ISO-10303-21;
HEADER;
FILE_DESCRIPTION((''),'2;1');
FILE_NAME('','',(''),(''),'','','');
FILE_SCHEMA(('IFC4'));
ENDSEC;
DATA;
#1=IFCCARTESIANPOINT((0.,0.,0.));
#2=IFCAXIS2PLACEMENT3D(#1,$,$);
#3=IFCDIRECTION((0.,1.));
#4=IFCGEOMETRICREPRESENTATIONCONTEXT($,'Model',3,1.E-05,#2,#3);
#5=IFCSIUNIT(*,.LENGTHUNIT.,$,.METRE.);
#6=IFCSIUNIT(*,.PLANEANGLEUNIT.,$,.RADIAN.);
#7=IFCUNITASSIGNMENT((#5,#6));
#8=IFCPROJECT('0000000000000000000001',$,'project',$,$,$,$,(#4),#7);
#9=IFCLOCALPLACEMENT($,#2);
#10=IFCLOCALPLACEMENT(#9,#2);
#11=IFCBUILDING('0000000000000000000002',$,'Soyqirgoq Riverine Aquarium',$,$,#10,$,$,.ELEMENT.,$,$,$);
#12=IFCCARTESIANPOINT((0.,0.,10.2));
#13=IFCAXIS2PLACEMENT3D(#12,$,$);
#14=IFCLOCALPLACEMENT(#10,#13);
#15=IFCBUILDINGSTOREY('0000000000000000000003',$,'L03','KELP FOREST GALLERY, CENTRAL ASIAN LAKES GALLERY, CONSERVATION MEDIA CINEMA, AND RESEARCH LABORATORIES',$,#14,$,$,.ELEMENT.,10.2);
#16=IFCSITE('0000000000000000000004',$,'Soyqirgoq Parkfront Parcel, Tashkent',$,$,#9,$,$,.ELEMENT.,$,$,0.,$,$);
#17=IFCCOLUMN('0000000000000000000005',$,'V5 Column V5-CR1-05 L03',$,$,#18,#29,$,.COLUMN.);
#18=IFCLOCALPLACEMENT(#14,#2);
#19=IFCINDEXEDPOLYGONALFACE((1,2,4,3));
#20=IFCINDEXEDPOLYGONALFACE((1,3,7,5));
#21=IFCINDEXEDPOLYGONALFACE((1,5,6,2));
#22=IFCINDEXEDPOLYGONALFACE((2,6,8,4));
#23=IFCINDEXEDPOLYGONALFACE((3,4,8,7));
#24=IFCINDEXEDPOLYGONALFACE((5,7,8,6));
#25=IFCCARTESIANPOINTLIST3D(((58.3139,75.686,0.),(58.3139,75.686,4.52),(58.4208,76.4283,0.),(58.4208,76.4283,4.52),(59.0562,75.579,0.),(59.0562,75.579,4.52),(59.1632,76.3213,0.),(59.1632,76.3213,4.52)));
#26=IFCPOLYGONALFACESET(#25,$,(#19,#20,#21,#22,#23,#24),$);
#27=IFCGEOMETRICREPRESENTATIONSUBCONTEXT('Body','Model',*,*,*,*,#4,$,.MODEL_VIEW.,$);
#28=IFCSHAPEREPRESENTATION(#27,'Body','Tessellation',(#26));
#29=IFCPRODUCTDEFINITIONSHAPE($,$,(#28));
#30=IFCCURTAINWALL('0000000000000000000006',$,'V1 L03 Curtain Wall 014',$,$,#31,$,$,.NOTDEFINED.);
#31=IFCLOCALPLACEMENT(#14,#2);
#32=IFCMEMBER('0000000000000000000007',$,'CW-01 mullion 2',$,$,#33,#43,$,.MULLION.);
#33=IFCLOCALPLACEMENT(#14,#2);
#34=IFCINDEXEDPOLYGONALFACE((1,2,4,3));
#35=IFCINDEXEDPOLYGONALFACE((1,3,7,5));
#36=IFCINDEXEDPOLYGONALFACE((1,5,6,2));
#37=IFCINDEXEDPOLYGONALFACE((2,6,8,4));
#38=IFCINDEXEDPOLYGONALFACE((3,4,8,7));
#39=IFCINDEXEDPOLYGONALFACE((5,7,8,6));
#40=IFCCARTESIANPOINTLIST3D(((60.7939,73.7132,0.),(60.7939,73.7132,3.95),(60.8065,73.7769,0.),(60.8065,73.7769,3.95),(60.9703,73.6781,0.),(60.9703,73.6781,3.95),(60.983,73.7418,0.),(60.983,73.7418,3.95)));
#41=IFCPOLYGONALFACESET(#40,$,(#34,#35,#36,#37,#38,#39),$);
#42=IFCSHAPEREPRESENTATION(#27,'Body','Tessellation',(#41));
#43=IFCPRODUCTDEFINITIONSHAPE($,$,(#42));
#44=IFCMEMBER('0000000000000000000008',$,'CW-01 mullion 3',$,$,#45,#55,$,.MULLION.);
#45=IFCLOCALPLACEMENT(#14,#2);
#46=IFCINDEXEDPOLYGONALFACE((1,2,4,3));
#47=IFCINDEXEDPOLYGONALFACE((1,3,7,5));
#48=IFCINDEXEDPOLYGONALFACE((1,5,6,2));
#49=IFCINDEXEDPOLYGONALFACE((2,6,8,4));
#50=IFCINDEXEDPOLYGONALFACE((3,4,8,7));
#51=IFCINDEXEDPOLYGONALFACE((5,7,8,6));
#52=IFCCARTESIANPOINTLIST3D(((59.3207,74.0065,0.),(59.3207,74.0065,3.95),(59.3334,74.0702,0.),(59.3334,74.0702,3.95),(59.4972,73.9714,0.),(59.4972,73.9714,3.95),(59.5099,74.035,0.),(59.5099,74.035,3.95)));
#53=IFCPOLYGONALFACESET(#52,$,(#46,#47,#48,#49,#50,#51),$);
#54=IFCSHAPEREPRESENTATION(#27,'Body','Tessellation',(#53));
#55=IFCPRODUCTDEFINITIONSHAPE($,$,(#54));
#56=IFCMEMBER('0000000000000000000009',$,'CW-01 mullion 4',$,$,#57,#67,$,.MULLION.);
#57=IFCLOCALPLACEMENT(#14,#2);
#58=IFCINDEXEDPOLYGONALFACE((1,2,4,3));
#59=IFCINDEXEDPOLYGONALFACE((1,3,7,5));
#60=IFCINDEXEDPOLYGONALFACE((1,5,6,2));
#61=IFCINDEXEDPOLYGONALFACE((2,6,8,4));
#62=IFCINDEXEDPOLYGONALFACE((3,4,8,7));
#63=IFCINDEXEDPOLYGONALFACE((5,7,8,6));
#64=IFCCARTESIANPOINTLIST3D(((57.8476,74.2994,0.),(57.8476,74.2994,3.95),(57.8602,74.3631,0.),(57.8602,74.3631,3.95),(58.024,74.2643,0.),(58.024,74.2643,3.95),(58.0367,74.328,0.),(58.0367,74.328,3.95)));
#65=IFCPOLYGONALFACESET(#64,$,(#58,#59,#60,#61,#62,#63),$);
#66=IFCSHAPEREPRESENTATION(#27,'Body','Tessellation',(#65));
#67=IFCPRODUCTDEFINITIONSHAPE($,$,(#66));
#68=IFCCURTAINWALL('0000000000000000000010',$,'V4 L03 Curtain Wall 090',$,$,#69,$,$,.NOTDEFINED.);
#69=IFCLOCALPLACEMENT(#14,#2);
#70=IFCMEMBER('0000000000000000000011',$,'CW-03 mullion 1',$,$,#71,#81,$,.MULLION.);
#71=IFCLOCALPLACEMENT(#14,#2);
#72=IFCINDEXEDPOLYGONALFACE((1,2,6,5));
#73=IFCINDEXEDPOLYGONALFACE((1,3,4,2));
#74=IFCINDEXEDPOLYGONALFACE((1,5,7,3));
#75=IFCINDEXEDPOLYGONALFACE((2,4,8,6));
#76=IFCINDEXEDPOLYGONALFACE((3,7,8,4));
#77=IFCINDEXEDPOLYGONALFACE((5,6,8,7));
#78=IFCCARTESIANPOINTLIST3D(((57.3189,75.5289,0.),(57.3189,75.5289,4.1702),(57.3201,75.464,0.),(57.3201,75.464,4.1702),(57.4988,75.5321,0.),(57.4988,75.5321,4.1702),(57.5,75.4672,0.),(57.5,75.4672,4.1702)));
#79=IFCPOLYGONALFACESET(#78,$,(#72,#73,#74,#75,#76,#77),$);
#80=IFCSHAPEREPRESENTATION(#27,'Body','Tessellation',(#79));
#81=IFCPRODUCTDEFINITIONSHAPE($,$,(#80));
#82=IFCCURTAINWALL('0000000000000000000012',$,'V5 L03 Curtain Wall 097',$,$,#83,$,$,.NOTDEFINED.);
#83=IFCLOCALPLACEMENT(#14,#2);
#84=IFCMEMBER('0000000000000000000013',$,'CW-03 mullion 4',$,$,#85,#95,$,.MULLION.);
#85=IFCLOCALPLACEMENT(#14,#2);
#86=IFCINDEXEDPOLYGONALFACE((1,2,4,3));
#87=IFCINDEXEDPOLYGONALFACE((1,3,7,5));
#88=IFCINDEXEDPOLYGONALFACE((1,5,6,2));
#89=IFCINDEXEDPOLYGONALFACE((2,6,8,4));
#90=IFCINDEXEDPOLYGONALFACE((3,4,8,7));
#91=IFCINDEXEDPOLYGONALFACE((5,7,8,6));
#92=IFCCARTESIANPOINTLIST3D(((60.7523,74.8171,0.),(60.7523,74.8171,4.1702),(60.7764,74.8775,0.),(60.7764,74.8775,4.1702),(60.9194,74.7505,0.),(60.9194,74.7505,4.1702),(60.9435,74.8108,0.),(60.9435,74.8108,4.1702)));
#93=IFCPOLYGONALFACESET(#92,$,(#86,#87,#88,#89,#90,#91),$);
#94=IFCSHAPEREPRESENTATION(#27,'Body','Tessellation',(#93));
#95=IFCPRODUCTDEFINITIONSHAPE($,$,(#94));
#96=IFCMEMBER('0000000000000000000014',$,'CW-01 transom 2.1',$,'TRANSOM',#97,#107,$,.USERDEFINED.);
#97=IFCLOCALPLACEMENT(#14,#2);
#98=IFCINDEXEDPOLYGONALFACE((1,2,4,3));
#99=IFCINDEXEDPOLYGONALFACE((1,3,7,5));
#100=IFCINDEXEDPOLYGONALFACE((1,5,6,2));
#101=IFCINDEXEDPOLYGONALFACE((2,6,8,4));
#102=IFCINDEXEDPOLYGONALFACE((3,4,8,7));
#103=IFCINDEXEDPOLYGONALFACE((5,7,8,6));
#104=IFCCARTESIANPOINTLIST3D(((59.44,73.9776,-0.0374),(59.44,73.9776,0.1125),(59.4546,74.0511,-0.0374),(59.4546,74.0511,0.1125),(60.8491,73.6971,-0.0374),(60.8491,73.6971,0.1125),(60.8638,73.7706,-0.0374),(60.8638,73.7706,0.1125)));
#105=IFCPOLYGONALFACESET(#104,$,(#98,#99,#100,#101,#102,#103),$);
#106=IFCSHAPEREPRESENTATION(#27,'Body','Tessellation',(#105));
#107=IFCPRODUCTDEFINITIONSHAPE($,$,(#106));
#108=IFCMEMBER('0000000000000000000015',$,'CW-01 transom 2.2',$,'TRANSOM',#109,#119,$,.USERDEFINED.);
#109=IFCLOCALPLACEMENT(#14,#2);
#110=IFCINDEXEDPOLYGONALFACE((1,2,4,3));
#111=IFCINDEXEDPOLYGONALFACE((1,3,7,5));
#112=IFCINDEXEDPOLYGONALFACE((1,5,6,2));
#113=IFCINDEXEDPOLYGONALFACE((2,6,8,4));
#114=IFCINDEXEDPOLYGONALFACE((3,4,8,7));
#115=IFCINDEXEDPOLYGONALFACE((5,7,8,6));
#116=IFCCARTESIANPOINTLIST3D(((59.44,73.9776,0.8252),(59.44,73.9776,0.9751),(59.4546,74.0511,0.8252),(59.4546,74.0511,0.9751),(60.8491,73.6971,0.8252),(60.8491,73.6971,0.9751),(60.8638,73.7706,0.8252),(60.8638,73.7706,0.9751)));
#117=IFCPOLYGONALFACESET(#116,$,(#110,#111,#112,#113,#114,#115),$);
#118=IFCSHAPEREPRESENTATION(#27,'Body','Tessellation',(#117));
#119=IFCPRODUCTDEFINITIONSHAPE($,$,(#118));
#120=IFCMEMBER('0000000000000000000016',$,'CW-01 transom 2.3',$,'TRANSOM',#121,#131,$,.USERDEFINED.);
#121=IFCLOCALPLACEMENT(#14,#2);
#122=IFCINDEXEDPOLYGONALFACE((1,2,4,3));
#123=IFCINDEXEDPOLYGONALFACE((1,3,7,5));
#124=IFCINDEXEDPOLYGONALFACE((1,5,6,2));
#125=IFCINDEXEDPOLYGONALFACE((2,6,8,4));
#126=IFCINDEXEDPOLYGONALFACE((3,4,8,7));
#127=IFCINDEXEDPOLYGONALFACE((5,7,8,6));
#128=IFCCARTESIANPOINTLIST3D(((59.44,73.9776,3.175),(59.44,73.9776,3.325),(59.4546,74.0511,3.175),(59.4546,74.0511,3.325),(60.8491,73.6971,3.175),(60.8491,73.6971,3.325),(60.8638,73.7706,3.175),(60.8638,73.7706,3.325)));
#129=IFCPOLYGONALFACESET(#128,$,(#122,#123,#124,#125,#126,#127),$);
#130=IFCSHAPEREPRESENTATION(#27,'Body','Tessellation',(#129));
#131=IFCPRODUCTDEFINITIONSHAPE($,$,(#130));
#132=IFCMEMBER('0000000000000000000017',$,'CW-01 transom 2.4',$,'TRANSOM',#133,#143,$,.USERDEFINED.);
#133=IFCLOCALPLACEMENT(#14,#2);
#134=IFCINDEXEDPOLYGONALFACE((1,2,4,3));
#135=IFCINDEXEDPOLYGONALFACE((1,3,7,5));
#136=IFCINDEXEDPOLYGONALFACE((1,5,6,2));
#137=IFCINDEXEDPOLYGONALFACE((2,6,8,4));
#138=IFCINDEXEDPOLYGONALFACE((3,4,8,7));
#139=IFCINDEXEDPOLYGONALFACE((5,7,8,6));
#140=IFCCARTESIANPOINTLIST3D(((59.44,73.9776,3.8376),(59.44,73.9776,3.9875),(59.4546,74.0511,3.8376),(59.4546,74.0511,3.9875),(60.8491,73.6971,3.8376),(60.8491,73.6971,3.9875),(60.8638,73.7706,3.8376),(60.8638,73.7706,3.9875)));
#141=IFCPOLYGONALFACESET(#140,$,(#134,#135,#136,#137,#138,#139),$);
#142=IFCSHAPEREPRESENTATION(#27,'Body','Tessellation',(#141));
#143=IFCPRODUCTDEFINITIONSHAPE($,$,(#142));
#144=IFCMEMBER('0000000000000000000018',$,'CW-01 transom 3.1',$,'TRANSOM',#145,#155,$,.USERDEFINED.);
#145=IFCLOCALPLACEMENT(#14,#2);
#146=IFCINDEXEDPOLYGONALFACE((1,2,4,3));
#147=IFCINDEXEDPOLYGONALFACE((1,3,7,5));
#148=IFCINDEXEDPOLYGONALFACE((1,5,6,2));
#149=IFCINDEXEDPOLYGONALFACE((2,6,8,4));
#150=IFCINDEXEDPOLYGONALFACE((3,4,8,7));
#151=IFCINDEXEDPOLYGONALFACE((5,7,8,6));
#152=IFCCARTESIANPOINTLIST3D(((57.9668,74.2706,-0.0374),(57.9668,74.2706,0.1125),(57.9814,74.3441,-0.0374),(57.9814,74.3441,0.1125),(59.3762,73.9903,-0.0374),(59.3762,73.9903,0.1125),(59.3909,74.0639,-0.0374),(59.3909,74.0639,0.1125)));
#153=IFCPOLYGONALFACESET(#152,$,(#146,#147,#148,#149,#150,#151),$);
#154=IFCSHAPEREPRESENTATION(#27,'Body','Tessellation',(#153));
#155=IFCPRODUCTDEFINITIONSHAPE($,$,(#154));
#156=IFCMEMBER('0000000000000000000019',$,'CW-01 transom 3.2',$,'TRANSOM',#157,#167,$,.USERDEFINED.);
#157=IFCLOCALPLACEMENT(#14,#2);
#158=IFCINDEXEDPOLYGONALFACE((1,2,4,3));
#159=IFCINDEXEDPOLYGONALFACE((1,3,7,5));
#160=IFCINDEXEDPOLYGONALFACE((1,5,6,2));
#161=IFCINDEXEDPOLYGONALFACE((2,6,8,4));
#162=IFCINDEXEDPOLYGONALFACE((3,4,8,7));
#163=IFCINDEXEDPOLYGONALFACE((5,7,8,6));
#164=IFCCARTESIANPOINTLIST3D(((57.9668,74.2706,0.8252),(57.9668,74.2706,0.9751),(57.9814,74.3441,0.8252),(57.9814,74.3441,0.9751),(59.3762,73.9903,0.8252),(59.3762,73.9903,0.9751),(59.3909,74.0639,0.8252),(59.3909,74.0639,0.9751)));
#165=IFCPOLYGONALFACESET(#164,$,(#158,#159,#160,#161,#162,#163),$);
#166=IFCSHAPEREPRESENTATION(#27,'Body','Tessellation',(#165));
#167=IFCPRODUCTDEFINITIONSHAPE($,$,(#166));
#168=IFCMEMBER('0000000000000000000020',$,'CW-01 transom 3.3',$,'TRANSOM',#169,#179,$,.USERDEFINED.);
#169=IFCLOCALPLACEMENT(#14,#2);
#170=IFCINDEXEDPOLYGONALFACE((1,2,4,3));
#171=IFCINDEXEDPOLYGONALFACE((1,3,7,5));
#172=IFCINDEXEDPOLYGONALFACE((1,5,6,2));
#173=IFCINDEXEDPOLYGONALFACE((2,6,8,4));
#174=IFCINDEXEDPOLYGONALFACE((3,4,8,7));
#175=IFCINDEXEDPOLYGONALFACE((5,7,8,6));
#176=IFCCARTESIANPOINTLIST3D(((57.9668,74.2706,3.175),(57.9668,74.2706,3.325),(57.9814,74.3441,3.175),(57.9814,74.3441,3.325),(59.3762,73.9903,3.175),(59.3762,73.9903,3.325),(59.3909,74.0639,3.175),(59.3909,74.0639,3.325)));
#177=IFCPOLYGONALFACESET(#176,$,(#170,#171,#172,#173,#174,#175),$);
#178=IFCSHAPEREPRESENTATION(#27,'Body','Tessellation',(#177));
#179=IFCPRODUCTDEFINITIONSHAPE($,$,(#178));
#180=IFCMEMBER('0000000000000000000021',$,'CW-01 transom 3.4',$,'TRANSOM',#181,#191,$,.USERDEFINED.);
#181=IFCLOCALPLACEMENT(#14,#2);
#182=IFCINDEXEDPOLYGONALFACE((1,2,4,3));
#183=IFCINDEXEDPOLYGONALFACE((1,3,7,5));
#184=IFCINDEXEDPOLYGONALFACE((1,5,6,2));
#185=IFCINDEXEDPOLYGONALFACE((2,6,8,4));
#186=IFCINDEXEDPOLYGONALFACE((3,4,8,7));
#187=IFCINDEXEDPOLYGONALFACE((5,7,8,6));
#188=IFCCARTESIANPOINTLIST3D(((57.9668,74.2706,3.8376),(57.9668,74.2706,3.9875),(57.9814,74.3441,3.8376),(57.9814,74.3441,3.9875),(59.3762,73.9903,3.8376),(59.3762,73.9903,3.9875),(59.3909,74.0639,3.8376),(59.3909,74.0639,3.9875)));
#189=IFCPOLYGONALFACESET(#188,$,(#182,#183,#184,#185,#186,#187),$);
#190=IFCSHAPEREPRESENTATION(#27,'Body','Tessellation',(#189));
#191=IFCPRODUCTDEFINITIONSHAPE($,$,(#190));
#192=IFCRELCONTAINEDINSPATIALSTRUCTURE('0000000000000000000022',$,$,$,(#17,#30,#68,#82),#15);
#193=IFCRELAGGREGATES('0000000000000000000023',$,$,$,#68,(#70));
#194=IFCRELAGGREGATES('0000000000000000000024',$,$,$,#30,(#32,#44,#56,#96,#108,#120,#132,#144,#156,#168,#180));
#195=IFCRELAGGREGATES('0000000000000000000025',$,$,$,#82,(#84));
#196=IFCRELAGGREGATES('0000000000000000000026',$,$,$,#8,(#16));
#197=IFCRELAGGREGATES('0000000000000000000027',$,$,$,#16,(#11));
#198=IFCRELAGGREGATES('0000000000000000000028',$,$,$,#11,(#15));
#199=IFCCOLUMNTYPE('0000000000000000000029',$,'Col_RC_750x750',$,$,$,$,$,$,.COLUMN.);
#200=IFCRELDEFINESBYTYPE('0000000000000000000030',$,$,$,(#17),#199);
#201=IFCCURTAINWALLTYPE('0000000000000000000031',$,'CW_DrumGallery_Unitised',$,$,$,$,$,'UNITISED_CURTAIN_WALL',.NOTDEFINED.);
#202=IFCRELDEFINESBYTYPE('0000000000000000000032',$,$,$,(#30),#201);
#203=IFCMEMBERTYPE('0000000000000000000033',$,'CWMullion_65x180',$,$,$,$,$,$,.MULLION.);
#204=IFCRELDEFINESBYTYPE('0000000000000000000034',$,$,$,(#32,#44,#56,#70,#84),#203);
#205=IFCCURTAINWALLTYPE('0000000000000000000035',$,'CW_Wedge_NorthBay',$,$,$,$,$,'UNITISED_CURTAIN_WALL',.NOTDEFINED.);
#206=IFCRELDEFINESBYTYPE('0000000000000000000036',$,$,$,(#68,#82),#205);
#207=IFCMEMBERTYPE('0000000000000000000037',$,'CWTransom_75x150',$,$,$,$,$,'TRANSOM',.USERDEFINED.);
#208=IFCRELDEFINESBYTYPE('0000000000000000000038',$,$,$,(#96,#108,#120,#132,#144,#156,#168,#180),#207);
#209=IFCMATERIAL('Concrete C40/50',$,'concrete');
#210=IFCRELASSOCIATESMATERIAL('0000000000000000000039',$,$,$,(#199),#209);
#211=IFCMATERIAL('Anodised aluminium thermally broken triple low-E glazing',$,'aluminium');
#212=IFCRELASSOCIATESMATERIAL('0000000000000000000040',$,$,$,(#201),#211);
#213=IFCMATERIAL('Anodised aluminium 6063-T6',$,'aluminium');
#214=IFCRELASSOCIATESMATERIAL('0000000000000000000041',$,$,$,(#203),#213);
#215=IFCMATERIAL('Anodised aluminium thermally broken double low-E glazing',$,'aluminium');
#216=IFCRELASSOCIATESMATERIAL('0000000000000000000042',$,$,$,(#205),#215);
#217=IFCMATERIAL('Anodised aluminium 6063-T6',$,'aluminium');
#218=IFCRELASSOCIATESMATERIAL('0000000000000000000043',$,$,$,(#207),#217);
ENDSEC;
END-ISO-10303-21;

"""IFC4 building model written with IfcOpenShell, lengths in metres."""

from ifc_helpers import new_model, si_unit, direction, frame, origin, origin_2d, place, context, subcontext, project, spatial, rectangle, extrude, material, material_profile, profile_set, type_object, element, aggregate, save


model = new_model("IFC4")

# Units and contexts
model_context = context("Model", 3, precision=1e-05, world=origin(), true_north=direction((0.0, 1.0)))
body_context = subcontext(model_context, "Body", "Model", "MODEL_VIEW")
ifc_project = project(units=[si_unit("LENGTHUNIT", "METRE"), si_unit("PLANEANGLEUNIT", "RADIAN")], contexts=[model_context])

# Site, building, storey
site_placement = place(None, origin())
site = spatial("IfcSite", under=ifc_project, at=site_placement, Name="Soyqirgoq Parkfront Parcel, Tashkent", CompositionType="ELEMENT", RefElevation=0.0)
building_placement = place(site_placement, origin())
building = spatial("IfcBuilding", under=site, at=building_placement, Name="Soyqirgoq Riverine Aquarium", CompositionType="ELEMENT")
storey_placement = place(building_placement, frame((0.0, 0.0, 10.2)))
storey = spatial("IfcBuildingStorey", under=building, at=storey_placement, Name="L03", Description="KELP FOREST GALLERY, CENTRAL ASIAN LAKES GALLERY, CONSERVATION MEDIA CINEMA, AND RESEARCH LABORATORIES", CompositionType="ELEMENT", Elevation=10.2)

# Column
ifc_material_1 = material(Name="Concrete C40/50", Category="concrete")
ifc_material_profile_1 = material_profile(ifc_material_1, rectangle(XDim=0.75, YDim=0.75, at=origin_2d()), Name="RC 750x750")
ifc_profile_set_1 = profile_set([ifc_material_profile_1], Name="Concrete C40/50")
column_type = type_object("IfcColumnType", Name="Col_RC_750x750", PredefinedType="COLUMN", material=ifc_profile_set_1)
column_placement = place(storey_placement, frame((58.7385, 76.0037, 0.0), z_axis=(0.0, 0.0, 1.0), x_axis=(0.142629, 0.989776, 0.0)))
element("IfcColumn", 1, at=column_placement, inside=storey, type_object=column_type, Name="V5 Column V5-CR1-05 L03", PredefinedType="COLUMN", context=body_context, shape_type="SweptSolid", body=[
    extrude(rectangle(XDim=0.75, YDim=0.75, at=origin_2d()), origin(), (0.0, 0.0, 1.0), 4.52),
])

# Curtain wall, members
ifc_material_2 = material(Name="Anodised aluminium thermally broken triple low-E glazing", Category="aluminium")
curtain_wall_type_1 = type_object("IfcCurtainWallType", Name="CW_DrumGallery_Unitised", ElementType="UNITISED_CURTAIN_WALL", PredefinedType="NOTDEFINED", material=ifc_material_2)
curtain_wall_1_placement = place(storey_placement, origin())
curtain_wall_1 = element("IfcCurtainWall", 2, at=curtain_wall_1_placement, inside=storey, type_object=curtain_wall_type_1, Name="V1 L03 Curtain Wall 014", PredefinedType="NOTDEFINED")
ifc_material_3 = material(Name="Anodised aluminium 6063-T6", Category="aluminium")
ifc_material_profile_2 = material_profile(ifc_material_3, rectangle(XDim=0.0649, YDim=0.1799, at=origin_2d()), Name="ALU-M 65x180")
ifc_profile_set_2 = profile_set([ifc_material_profile_2], Name="Anodised aluminium 6063-T6")
member_type_1 = type_object("IfcMemberType", Name="CWMullion_65x180", PredefinedType="MULLION", material=ifc_profile_set_2)
member_1_placement = place(storey_placement, frame((60.8884, 73.7275, 0.0), z_axis=(0.0, 0.0, 1.0), x_axis=(-0.195095, -0.980784, 0.0)))
member_1 = element("IfcMember", 3, at=member_1_placement, type_object=member_type_1, Name="CW-01 mullion 2", PredefinedType="MULLION", context=body_context, shape_type="SweptSolid", body=[
    extrude(rectangle(XDim=0.0649, YDim=0.1799, at=origin_2d()), origin(), (0.0, 0.0, 1.0), 3.95),
])
member_2_placement = place(storey_placement, frame((59.4153, 74.0208, 0.0), z_axis=(0.0, 0.0, 1.0), x_axis=(-0.195095, -0.980784, 0.0)))
member_2 = element("IfcMember", 4, at=member_2_placement, type_object=member_type_1, Name="CW-01 mullion 3", PredefinedType="MULLION", context=body_context, shape_type="SweptSolid", body=[
    extrude(rectangle(XDim=0.0649, YDim=0.1799, at=origin_2d()), origin(), (0.0, 0.0, 1.0), 3.95),
])
member_3_placement = place(storey_placement, frame((57.9421, 74.3137, 0.0), z_axis=(0.0, 0.0, 1.0), x_axis=(-0.195095, -0.980784, 0.0)))
member_3 = element("IfcMember", 5, at=member_3_placement, type_object=member_type_1, Name="CW-01 mullion 4", PredefinedType="MULLION", context=body_context, shape_type="SweptSolid", body=[
    extrude(rectangle(XDim=0.0649, YDim=0.1799, at=origin_2d()), origin(), (0.0, 0.0, 1.0), 3.95),
])

# Curtain walls, members
ifc_material_4 = material(Name="Anodised aluminium thermally broken double low-E glazing", Category="aluminium")
curtain_wall_type_2 = type_object("IfcCurtainWallType", Name="CW_Wedge_NorthBay", ElementType="UNITISED_CURTAIN_WALL", PredefinedType="NOTDEFINED", material=ifc_material_4)
curtain_wall_2_placement = place(storey_placement, origin())
curtain_wall_2 = element("IfcCurtainWall", 6, at=curtain_wall_2_placement, inside=storey, type_object=curtain_wall_type_2, Name="V4 L03 Curtain Wall 090", PredefinedType="NOTDEFINED")
member_4_placement = place(storey_placement, frame((57.4094, 75.498, 0.0), z_axis=(0.0, 0.0, 1.0), x_axis=(0.018005, -0.999838, 0.0)))
member_4 = element("IfcMember", 7, at=member_4_placement, type_object=member_type_1, Name="CW-03 mullion 1", PredefinedType="MULLION", context=body_context, shape_type="SweptSolid", body=[
    extrude(rectangle(XDim=0.0649, YDim=0.1799, at=origin_2d()), origin(), (0.0, 0.0, 1.0), 4.1702),
])
curtain_wall_3_placement = place(storey_placement, origin())
curtain_wall_3 = element("IfcCurtainWall", 8, at=curtain_wall_3_placement, inside=storey, type_object=curtain_wall_type_2, Name="V5 L03 Curtain Wall 097", PredefinedType="NOTDEFINED")
member_5_placement = place(storey_placement, frame((60.8479, 74.814, 0.0), z_axis=(0.0, 0.0, 1.0), x_axis=(-0.370569, -0.928805, 0.0)))
member_5 = element("IfcMember", 9, at=member_5_placement, type_object=member_type_1, Name="CW-03 mullion 4", PredefinedType="MULLION", context=body_context, shape_type="SweptSolid", body=[
    extrude(rectangle(XDim=0.0649, YDim=0.1799, at=origin_2d()), origin(), (0.0, 0.0, 1.0), 4.1702),
])

# Members
ifc_material_5 = material(Name="Anodised aluminium 6063-T6", Category="aluminium")
ifc_material_profile_3 = material_profile(ifc_material_5, rectangle(XDim=0.075, YDim=0.1499, at=origin_2d()), Name="ALU-T 75x150")
ifc_profile_set_3 = profile_set([ifc_material_profile_3], Name="Anodised aluminium 6063-T6")
member_type_2 = type_object("IfcMemberType", Name="CWTransom_75x150", ElementType="TRANSOM", PredefinedType="USERDEFINED", material=ifc_profile_set_3)
member_6_placement = place(storey_placement, frame((60.8564, 73.7339, 0.0376), z_axis=(-0.980757, 0.195234, 0.0), x_axis=(-0.195234, -0.980757, 0.0)))
member_6 = element("IfcMember", 10, at=member_6_placement, type_object=member_type_2, Name="CW-01 transom 2.1", ObjectType="TRANSOM", PredefinedType="USERDEFINED", context=body_context, shape_type="SweptSolid", body=[
    extrude(rectangle(XDim=0.075, YDim=0.1499, at=origin_2d()), origin(), (0.0, 0.0, 1.0), 1.4368),
])
member_7_placement = place(storey_placement, frame((60.8564, 73.7339, 0.9001), z_axis=(-0.980757, 0.195234, 0.0), x_axis=(-0.195234, -0.980757, 0.0)))
member_7 = element("IfcMember", 11, at=member_7_placement, type_object=member_type_2, Name="CW-01 transom 2.2", ObjectType="TRANSOM", PredefinedType="USERDEFINED", context=body_context, shape_type="SweptSolid", body=[
    extrude(rectangle(XDim=0.075, YDim=0.1499, at=origin_2d()), origin(), (0.0, 0.0, 1.0), 1.4368),
])
member_8_placement = place(storey_placement, frame((60.8564, 73.7339, 3.25), z_axis=(-0.980757, 0.195234, 0.0), x_axis=(-0.195234, -0.980757, 0.0)))
member_8 = element("IfcMember", 12, at=member_8_placement, type_object=member_type_2, Name="CW-01 transom 2.3", ObjectType="TRANSOM", PredefinedType="USERDEFINED", context=body_context, shape_type="SweptSolid", body=[
    extrude(rectangle(XDim=0.075, YDim=0.1499, at=origin_2d()), origin(), (0.0, 0.0, 1.0), 1.4368),
])
member_9_placement = place(storey_placement, frame((60.8564, 73.7339, 3.9126), z_axis=(-0.980757, 0.195234, 0.0), x_axis=(-0.195234, -0.980757, 0.0)))
member_9 = element("IfcMember", 13, at=member_9_placement, type_object=member_type_2, Name="CW-01 transom 2.4", ObjectType="TRANSOM", PredefinedType="USERDEFINED", context=body_context, shape_type="SweptSolid", body=[
    extrude(rectangle(XDim=0.075, YDim=0.1499, at=origin_2d()), origin(), (0.0, 0.0, 1.0), 1.4368),
])
member_10_placement = place(storey_placement, frame((59.3835, 74.0271, 0.0376), z_axis=(-0.980796, 0.195038, 0.0), x_axis=(-0.195038, -0.980796, 0.0)))
member_10 = element("IfcMember", 14, at=member_10_placement, type_object=member_type_2, Name="CW-01 transom 3.1", ObjectType="TRANSOM", PredefinedType="USERDEFINED", context=body_context, shape_type="SweptSolid", body=[
    extrude(rectangle(XDim=0.075, YDim=0.1499, at=origin_2d()), origin(), (0.0, 0.0, 1.0), 1.437),
])
member_11_placement = place(storey_placement, frame((59.3835, 74.0271, 0.9001), z_axis=(-0.980796, 0.195038, 0.0), x_axis=(-0.195038, -0.980796, 0.0)))
member_11 = element("IfcMember", 15, at=member_11_placement, type_object=member_type_2, Name="CW-01 transom 3.2", ObjectType="TRANSOM", PredefinedType="USERDEFINED", context=body_context, shape_type="SweptSolid", body=[
    extrude(rectangle(XDim=0.075, YDim=0.1499, at=origin_2d()), origin(), (0.0, 0.0, 1.0), 1.437),
])
member_12_placement = place(storey_placement, frame((59.3835, 74.0271, 3.25), z_axis=(-0.980796, 0.195038, 0.0), x_axis=(-0.195038, -0.980796, 0.0)))
member_12 = element("IfcMember", 16, at=member_12_placement, type_object=member_type_2, Name="CW-01 transom 3.3", ObjectType="TRANSOM", PredefinedType="USERDEFINED", context=body_context, shape_type="SweptSolid", body=[
    extrude(rectangle(XDim=0.075, YDim=0.1499, at=origin_2d()), origin(), (0.0, 0.0, 1.0), 1.437),
])
member_13_placement = place(storey_placement, frame((59.3835, 74.0271, 3.9126), z_axis=(-0.980796, 0.195038, 0.0), x_axis=(-0.195038, -0.980796, 0.0)))
member_13 = element("IfcMember", 17, at=member_13_placement, type_object=member_type_2, Name="CW-01 transom 3.4", ObjectType="TRANSOM", PredefinedType="USERDEFINED", context=body_context, shape_type="SweptSolid", body=[
    extrude(rectangle(XDim=0.075, YDim=0.1499, at=origin_2d()), origin(), (0.0, 0.0, 1.0), 1.437),
])
aggregate(curtain_wall_2, [member_4])

aggregate(curtain_wall_1, [member_1, member_2, member_3, member_6, member_7, member_8, member_9, member_10, member_11, member_12, member_13])
aggregate(curtain_wall_3, [member_5])

save(model, "model.ifc")
